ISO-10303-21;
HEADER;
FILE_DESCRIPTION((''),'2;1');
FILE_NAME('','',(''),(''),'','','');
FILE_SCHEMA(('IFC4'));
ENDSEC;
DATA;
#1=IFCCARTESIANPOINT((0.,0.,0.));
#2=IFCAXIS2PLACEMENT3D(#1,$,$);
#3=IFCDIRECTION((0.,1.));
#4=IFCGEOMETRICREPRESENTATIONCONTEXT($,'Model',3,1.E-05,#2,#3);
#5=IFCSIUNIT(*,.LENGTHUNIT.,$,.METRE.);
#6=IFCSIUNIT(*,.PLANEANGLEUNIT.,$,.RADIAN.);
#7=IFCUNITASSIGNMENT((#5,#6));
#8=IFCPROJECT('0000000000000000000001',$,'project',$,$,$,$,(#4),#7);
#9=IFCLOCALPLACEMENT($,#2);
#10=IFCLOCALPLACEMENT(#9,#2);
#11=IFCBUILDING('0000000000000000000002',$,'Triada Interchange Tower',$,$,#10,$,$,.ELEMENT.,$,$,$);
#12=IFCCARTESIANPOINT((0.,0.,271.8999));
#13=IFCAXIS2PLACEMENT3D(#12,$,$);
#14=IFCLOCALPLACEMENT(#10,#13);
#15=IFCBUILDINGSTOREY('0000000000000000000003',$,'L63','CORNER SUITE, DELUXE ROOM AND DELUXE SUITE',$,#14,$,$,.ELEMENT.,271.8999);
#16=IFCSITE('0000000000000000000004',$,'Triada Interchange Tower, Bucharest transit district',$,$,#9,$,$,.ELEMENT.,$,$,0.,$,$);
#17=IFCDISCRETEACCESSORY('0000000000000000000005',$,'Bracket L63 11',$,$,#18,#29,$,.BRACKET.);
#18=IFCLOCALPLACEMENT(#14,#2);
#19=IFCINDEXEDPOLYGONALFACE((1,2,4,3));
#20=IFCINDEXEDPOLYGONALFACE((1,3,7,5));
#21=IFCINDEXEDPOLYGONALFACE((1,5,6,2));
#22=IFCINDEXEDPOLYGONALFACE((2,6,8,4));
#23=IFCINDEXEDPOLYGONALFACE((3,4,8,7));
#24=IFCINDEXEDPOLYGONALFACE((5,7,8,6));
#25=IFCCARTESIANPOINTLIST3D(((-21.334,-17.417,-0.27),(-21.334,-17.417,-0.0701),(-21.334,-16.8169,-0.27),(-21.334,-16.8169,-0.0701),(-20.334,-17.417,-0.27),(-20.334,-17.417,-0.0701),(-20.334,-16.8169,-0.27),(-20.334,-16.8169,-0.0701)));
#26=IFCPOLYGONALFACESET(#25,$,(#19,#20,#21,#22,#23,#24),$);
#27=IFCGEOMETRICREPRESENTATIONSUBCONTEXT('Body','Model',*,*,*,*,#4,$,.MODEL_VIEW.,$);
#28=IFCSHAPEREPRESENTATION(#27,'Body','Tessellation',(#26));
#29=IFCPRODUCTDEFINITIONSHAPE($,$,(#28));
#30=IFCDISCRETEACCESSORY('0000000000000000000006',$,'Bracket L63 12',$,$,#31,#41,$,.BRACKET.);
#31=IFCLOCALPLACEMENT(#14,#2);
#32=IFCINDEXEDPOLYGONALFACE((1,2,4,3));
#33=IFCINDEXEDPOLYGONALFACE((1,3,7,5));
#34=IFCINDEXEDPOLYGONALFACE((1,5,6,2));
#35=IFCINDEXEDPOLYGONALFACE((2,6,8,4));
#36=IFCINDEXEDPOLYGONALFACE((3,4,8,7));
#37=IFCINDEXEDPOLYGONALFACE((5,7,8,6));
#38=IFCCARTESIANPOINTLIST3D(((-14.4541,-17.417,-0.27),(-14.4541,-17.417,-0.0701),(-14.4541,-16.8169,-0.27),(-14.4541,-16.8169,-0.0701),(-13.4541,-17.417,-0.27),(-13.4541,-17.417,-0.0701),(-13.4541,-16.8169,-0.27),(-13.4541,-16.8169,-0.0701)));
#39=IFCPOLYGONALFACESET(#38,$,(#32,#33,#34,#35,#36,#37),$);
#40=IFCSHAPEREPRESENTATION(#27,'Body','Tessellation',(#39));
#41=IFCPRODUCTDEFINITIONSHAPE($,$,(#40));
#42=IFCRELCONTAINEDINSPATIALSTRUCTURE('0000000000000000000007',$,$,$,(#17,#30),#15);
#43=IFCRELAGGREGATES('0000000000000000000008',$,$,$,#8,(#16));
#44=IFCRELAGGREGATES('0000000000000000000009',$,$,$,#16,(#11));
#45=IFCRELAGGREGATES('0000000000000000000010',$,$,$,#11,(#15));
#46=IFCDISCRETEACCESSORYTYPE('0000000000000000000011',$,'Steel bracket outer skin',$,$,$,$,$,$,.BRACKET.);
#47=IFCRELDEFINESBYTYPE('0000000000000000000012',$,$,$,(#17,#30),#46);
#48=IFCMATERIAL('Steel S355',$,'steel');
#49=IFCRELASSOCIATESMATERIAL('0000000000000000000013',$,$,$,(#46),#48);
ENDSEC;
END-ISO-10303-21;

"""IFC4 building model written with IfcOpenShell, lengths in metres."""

from ifc_helpers import new_model, si_unit, direction, frame, origin, origin_2d, place, context, subcontext, project, spatial, rectangle, extrude, material, type_object, element, save


model = new_model("IFC4")

# Units and contexts
model_context = context("Model", 3, precision=1e-05, world=origin(), true_north=direction((0.0, 1.0)))
body_context = subcontext(model_context, "Body", "Model", "MODEL_VIEW")
ifc_project = project(units=[si_unit("LENGTHUNIT", "METRE"), si_unit("PLANEANGLEUNIT", "RADIAN")], contexts=[model_context])

# Site, building, storey
site_placement = place(None, origin())
site = spatial("IfcSite", under=ifc_project, at=site_placement, Name="Triada Interchange Tower, Bucharest transit district", CompositionType="ELEMENT", RefElevation=0.0)
building_placement = place(site_placement, origin())
building = spatial("IfcBuilding", under=site, at=building_placement, Name="Triada Interchange Tower", CompositionType="ELEMENT")
storey_placement = place(building_placement, frame((0.0, 0.0, 271.8999)))
storey = spatial("IfcBuildingStorey", under=building, at=storey_placement, Name="L63", Description="CORNER SUITE, DELUXE ROOM AND DELUXE SUITE", CompositionType="ELEMENT", Elevation=271.8999)

# Discrete accessories
ifc_material_1 = material(Name="Steel S355", Category="steel")
discrete_accessory_type = type_object("IfcDiscreteAccessoryType", Name="Steel bracket outer skin", PredefinedType="BRACKET", material=ifc_material_1)
for number, where, z_axis, x_axis, name in (
    (1, (-20.834, -17.1169, -0.27), (0.0, 0.0, 1.0), (0.0, -1.0, 0.0), "Bracket L63 11"),
    (2, (-13.9541, -17.1169, -0.27), (0.0, 0.0, 1.0), (0.0, -1.0, 0.0), "Bracket L63 12"),
):
    element("IfcDiscreteAccessory", number, at=place(storey_placement, frame(where, z_axis=z_axis, x_axis=x_axis)), inside=storey, type_object=discrete_accessory_type, Name=name, PredefinedType="BRACKET", context=body_context, shape_type="SweptSolid", body=[
        extrude(rectangle(XDim=0.6001, YDim=1.0, at=origin_2d()), origin(), (0.0, 0.0, 1.0), 0.2),
    ])

save(model, "model.ifc")
